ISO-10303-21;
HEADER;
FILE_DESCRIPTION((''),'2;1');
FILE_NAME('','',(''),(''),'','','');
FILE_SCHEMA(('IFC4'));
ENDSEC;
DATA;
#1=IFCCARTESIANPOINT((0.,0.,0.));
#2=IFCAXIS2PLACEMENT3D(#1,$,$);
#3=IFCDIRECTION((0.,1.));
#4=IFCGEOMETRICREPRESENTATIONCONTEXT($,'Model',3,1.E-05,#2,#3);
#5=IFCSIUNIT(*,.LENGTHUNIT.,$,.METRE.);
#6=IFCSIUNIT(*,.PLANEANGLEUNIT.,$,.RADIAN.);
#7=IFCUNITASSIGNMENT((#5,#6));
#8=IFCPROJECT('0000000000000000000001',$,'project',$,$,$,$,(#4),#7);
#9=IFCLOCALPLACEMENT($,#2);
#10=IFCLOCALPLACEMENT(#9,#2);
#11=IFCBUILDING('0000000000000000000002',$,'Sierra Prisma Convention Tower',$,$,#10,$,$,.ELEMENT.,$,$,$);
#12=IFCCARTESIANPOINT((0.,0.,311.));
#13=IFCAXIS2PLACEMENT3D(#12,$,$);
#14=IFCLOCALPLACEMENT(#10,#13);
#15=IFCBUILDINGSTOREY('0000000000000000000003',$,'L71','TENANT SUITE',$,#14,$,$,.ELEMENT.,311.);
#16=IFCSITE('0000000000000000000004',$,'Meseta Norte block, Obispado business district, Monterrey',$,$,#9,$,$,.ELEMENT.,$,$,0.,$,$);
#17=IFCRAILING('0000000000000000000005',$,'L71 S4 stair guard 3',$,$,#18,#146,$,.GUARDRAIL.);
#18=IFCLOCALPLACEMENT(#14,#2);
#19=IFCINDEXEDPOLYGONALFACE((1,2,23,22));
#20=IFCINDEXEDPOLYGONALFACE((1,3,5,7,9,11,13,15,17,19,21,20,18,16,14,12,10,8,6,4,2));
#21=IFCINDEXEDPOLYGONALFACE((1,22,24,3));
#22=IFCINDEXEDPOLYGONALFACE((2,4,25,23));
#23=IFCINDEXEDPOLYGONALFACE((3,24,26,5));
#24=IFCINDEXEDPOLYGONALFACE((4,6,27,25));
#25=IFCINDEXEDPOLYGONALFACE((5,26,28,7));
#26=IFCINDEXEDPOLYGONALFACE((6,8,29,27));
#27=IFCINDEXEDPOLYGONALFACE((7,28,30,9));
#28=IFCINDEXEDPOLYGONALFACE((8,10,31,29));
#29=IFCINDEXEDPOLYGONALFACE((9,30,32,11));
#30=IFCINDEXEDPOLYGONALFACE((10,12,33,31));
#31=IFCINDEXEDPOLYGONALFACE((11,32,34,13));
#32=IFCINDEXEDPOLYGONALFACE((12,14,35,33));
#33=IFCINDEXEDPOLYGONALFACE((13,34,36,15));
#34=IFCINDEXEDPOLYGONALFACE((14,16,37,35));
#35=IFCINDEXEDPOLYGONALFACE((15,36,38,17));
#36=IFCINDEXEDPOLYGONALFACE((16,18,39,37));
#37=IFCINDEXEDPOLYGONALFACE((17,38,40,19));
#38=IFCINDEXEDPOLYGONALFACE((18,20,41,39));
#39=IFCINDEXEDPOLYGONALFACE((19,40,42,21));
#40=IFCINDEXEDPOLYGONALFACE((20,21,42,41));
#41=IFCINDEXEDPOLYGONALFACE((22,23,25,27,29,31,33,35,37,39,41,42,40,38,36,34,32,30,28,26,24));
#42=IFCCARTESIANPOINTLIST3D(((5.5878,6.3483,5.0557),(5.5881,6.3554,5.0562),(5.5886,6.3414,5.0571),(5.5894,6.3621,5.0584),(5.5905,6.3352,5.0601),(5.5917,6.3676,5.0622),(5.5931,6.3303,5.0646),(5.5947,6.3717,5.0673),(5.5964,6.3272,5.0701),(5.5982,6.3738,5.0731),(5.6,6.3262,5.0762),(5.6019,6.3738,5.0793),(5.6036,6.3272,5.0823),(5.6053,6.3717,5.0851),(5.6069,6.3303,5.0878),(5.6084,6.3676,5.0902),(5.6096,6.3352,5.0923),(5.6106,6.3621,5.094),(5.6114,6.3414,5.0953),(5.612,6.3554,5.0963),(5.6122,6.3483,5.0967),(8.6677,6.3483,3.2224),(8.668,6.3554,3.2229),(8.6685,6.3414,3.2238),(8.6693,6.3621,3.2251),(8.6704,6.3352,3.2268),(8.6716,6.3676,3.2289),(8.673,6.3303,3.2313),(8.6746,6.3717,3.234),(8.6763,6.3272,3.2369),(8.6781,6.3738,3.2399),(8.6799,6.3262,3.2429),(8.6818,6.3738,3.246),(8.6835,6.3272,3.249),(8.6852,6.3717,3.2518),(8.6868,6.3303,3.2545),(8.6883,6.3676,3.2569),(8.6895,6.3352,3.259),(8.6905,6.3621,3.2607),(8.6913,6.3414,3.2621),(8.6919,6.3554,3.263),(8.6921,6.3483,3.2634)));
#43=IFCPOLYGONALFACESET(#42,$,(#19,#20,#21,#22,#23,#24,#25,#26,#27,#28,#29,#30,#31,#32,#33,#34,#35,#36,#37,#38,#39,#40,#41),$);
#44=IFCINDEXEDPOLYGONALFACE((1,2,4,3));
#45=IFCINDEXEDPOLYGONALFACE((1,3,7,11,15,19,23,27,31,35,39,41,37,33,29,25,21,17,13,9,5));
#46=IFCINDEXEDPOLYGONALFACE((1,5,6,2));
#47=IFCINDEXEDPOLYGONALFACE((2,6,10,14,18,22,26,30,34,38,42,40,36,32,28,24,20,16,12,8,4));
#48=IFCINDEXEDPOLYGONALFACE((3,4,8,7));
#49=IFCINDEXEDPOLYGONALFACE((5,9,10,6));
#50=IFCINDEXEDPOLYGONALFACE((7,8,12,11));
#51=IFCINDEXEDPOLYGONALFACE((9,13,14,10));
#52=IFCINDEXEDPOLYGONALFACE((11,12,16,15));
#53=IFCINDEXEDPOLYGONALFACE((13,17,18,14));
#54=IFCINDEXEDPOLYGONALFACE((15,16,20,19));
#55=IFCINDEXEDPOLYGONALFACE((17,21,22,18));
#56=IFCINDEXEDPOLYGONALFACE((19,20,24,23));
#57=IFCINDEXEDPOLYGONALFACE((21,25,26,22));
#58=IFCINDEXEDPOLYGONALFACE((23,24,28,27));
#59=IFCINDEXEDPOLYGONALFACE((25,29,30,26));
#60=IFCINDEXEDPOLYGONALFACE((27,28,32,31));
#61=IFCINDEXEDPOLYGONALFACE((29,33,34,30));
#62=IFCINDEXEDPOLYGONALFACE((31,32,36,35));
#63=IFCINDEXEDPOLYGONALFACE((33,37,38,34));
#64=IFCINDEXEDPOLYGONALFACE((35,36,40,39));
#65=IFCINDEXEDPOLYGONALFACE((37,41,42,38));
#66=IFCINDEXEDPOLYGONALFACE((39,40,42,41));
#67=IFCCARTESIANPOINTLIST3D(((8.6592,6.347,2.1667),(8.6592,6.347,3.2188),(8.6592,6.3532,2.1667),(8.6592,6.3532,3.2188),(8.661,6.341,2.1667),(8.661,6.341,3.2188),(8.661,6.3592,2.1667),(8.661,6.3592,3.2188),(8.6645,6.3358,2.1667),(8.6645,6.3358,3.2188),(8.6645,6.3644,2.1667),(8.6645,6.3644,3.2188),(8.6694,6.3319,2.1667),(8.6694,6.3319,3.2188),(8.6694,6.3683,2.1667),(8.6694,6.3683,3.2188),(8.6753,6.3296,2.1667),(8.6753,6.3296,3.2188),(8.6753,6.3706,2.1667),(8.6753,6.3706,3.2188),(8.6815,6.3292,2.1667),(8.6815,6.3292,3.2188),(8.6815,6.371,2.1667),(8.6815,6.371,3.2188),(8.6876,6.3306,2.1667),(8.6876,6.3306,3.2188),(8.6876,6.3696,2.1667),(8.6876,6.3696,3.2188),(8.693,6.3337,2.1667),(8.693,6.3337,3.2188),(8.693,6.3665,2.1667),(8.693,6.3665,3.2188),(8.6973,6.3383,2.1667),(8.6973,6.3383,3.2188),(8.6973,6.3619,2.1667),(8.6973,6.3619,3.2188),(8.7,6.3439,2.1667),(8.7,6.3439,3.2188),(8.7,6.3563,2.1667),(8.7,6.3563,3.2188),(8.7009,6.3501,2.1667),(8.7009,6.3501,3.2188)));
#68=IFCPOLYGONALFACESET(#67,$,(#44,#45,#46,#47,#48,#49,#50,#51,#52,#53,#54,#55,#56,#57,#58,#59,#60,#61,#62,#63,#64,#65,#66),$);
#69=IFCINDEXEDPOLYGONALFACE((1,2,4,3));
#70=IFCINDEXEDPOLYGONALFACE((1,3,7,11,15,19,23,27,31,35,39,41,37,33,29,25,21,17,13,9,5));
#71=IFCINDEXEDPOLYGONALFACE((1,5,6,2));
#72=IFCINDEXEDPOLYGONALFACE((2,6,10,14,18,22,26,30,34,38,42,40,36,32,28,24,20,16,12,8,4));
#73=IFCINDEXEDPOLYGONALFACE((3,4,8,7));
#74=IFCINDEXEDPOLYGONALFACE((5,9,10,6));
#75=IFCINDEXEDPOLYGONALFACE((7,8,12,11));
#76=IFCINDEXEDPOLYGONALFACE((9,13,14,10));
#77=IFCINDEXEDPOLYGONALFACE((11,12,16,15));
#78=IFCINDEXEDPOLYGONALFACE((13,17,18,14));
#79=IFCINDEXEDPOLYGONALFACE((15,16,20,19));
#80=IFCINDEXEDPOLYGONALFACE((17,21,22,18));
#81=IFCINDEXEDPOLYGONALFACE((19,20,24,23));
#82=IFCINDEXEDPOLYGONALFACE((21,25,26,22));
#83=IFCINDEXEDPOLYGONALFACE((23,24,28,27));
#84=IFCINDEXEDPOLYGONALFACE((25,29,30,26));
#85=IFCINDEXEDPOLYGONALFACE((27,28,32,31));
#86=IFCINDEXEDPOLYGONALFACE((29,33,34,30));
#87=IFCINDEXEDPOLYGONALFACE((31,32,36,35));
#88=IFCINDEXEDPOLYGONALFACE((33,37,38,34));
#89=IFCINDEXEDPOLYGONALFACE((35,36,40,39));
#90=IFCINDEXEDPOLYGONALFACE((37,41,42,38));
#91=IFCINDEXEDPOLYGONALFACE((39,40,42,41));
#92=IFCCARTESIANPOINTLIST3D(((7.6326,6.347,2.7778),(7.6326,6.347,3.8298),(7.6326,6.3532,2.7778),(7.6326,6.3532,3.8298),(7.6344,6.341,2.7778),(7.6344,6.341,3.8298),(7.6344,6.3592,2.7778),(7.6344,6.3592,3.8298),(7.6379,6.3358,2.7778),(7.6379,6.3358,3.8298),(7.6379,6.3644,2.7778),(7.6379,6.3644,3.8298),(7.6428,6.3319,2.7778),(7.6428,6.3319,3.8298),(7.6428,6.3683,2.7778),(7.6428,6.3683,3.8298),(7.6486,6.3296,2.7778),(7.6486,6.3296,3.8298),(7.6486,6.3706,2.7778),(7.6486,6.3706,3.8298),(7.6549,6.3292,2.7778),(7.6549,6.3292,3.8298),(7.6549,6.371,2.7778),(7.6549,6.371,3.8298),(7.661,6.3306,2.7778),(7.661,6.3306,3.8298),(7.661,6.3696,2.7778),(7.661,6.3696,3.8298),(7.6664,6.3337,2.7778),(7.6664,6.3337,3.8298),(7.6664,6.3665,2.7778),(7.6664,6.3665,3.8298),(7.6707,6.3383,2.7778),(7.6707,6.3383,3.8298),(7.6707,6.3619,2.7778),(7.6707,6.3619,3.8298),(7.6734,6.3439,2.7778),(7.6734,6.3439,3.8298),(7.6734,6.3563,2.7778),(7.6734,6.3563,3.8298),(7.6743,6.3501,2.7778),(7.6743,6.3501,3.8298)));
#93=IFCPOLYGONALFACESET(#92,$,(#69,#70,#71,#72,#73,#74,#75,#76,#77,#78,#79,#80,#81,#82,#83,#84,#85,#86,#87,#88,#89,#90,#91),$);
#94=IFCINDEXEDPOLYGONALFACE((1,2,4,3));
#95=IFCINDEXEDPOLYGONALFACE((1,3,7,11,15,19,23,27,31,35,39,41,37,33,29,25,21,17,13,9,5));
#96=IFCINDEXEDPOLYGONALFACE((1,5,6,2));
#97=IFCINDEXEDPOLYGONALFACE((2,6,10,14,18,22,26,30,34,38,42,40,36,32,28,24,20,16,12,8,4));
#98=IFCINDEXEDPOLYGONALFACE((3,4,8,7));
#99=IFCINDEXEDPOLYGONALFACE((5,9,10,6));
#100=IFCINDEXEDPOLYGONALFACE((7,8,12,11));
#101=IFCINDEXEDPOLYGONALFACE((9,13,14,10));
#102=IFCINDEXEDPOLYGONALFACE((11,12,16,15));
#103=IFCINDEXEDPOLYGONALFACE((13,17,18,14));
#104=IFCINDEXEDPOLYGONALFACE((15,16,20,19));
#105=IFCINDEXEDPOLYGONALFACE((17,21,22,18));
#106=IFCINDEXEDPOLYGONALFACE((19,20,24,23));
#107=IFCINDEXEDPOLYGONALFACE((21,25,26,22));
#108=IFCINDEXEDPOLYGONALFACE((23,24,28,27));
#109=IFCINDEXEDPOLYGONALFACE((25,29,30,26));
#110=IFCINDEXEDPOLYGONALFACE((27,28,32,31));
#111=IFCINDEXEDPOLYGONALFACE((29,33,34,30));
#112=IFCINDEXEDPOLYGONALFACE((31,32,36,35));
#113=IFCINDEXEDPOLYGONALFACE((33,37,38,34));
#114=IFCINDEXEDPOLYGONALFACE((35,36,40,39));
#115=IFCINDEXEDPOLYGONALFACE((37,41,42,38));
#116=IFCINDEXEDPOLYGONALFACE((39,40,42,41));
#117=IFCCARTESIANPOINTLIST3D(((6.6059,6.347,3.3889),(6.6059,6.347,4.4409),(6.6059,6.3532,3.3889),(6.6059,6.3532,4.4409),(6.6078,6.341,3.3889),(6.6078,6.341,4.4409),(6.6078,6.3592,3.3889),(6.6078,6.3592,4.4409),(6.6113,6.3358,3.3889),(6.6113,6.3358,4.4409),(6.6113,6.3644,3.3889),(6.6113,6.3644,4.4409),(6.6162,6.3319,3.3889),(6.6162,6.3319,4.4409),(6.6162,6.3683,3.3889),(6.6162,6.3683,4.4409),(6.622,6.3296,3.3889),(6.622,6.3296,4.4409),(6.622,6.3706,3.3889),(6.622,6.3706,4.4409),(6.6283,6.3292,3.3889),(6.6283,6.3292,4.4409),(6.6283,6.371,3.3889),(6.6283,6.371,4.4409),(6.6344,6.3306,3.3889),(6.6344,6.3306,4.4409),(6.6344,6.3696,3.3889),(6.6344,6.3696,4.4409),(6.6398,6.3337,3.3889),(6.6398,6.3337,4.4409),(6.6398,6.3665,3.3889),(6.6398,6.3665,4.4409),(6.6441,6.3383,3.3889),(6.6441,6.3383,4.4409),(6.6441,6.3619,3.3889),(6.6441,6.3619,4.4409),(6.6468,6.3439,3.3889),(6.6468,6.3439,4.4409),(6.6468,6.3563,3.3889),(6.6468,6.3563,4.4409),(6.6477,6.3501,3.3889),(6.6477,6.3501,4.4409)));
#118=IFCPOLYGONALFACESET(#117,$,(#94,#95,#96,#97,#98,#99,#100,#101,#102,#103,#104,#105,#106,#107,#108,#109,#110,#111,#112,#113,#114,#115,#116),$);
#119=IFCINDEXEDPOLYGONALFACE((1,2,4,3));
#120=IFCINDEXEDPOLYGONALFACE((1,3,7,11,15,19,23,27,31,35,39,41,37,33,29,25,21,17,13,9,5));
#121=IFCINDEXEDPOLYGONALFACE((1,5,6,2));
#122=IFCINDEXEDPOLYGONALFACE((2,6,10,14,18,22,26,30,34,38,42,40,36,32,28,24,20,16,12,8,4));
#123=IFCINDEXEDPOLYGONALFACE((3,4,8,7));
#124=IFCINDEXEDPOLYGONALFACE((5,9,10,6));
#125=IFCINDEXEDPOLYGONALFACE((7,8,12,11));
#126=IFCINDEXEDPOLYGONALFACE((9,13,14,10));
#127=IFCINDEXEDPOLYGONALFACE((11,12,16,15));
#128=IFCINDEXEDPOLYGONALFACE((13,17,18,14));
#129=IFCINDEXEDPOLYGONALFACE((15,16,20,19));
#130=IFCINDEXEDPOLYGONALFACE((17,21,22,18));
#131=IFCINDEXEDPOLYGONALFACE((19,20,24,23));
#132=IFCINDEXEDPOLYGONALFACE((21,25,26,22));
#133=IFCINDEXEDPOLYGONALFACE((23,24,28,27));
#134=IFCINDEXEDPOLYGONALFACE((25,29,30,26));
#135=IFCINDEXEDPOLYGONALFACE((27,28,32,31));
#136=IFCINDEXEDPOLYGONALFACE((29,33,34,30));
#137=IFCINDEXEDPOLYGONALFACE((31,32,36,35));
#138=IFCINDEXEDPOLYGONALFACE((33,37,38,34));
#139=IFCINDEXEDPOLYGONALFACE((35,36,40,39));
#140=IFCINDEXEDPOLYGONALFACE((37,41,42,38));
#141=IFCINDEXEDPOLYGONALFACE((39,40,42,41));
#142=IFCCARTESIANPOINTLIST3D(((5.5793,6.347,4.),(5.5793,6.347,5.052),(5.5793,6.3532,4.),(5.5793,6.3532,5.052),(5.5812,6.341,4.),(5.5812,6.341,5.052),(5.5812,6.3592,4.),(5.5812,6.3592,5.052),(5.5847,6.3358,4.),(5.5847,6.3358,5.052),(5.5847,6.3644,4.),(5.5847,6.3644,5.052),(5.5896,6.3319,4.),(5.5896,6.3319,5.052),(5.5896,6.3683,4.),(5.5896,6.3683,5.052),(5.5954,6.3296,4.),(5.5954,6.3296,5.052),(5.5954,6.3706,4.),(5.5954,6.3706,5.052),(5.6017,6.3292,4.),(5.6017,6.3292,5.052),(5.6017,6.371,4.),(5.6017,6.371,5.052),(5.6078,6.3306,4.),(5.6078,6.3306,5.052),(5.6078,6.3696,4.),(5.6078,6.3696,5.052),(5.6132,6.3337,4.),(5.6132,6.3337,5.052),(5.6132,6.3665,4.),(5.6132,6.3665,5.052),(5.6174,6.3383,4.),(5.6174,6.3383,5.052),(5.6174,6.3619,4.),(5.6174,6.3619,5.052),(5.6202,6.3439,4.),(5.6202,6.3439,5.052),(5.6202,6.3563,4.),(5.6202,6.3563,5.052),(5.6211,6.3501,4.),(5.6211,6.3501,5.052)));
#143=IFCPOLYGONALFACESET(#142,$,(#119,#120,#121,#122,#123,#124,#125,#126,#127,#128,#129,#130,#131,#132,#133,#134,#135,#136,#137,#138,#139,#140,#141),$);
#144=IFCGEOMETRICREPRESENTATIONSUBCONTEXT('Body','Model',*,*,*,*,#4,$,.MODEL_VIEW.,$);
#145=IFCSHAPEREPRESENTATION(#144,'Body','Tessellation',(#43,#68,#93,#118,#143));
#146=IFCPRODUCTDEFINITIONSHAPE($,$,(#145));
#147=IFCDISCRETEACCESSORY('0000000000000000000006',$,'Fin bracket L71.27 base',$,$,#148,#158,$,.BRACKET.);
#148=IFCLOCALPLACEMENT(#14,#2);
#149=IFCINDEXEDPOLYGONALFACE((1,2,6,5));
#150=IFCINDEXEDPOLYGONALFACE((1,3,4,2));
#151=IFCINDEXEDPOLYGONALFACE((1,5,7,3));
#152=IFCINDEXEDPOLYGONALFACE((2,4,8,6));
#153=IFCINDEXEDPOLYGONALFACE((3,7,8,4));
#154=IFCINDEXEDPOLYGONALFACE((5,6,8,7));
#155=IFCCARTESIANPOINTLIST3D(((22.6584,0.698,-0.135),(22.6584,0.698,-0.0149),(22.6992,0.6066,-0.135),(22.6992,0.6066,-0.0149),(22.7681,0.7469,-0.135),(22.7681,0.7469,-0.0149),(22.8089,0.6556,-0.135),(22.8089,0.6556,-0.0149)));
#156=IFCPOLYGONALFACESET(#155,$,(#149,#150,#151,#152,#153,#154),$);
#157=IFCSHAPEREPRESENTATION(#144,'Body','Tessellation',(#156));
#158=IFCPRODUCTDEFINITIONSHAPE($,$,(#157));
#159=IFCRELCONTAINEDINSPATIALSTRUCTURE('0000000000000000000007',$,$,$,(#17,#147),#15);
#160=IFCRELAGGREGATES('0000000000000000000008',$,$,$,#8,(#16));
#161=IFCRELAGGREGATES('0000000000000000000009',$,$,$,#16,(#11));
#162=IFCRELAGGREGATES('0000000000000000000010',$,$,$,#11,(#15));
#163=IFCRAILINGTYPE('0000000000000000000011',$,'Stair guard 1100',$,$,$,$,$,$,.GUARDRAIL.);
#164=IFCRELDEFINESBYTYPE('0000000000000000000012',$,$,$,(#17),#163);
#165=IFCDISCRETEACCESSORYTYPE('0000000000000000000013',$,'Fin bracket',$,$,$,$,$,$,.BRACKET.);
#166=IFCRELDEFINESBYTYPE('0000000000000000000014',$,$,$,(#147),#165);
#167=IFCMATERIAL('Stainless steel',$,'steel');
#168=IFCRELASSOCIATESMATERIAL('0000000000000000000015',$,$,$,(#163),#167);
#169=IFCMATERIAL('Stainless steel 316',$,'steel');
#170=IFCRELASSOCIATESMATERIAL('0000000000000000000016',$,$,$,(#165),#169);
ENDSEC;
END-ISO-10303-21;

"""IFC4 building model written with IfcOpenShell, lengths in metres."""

from ifc_helpers import new_model, si_unit, direction, frame, origin, origin_2d, place, context, subcontext, project, spatial, rectangle, circle, extrude, material, type_object, element, save


model = new_model("IFC4")

# Units and contexts
model_context = context("Model", 3, precision=1e-05, world=origin(), true_north=direction((0.0, 1.0)))
body_context = subcontext(model_context, "Body", "Model", "MODEL_VIEW")
ifc_project = project(units=[si_unit("LENGTHUNIT", "METRE"), si_unit("PLANEANGLEUNIT", "RADIAN")], contexts=[model_context])

# Site, building, storey
site_placement = place(None, origin())
site = spatial("IfcSite", under=ifc_project, at=site_placement, Name="Meseta Norte block, Obispado business district, Monterrey", CompositionType="ELEMENT", RefElevation=0.0)
building_placement = place(site_placement, origin())
building = spatial("IfcBuilding", under=site, at=building_placement, Name="Sierra Prisma Convention Tower", CompositionType="ELEMENT")
storey_placement = place(building_placement, frame((0.0, 0.0, 311.0)))
storey = spatial("IfcBuildingStorey", under=building, at=storey_placement, Name="L71", Description="TENANT SUITE", CompositionType="ELEMENT", Elevation=311.0)

# Railing
ifc_material_1 = material(Name="Stainless steel", Category="steel")
railing_type_1 = type_object("IfcRailingType", Name="Stair guard 1100", PredefinedType="GUARDRAIL", material=ifc_material_1)
railing_1_placement = place(storey_placement, frame((8.6799, 6.3501, 2.1667)))
element("IfcRailing", 1, at=railing_1_placement, inside=storey, type_object=railing_type_1, Name="L71 S4 stair guard 3", PredefinedType="GUARDRAIL", context=body_context, shape_type="SweptSolid", body=[
    extrude(circle(Radius=0.0239, at=origin_2d()), frame((0.0, 0.0, 1.0762), z_axis=(-0.859291, 0.0, 0.511487), x_axis=(0.0, -1.0, 0.0)), (0.0, 0.0, 1.0), 3.5842),
    extrude(circle(Radius=0.021, at=origin_2d()), origin(), (0.0, 0.0, 1.0), 1.052),
    extrude(circle(Radius=0.021, at=origin_2d()), frame((-1.0266, 0.0, 0.6111)), (0.0, 0.0, 1.0), 1.052),
    extrude(circle(Radius=0.021, at=origin_2d()), frame((-2.0532, 0.0, 1.2222)), (0.0, 0.0, 1.0), 1.052),
    extrude(circle(Radius=0.021, at=origin_2d()), frame((-3.0798, 0.0, 1.8333)), (0.0, 0.0, 1.0), 1.052),
])

# Discrete accessory
ifc_material_2 = material(Name="Stainless steel 316", Category="steel")
discrete_accessory_type = type_object("IfcDiscreteAccessoryType", Name="Fin bracket", PredefinedType="BRACKET", material=ifc_material_2)
discrete_accessory_placement = place(storey_placement, frame((22.7336, 0.6768, -0.135), z_axis=(0.0, 0.0, 1.0), x_axis=(0.91307, 0.407802, 0.0)))
element("IfcDiscreteAccessory", 2, at=discrete_accessory_placement, inside=storey, type_object=discrete_accessory_type, Name="Fin bracket L71.27 base", PredefinedType="BRACKET", context=body_context, shape_type="SweptSolid", body=[
    extrude(rectangle(XDim=0.1201, YDim=0.1001, at=origin_2d()), origin(), (0.0, 0.0, 1.0), 0.1201),
])

save(model, "model.ifc")
